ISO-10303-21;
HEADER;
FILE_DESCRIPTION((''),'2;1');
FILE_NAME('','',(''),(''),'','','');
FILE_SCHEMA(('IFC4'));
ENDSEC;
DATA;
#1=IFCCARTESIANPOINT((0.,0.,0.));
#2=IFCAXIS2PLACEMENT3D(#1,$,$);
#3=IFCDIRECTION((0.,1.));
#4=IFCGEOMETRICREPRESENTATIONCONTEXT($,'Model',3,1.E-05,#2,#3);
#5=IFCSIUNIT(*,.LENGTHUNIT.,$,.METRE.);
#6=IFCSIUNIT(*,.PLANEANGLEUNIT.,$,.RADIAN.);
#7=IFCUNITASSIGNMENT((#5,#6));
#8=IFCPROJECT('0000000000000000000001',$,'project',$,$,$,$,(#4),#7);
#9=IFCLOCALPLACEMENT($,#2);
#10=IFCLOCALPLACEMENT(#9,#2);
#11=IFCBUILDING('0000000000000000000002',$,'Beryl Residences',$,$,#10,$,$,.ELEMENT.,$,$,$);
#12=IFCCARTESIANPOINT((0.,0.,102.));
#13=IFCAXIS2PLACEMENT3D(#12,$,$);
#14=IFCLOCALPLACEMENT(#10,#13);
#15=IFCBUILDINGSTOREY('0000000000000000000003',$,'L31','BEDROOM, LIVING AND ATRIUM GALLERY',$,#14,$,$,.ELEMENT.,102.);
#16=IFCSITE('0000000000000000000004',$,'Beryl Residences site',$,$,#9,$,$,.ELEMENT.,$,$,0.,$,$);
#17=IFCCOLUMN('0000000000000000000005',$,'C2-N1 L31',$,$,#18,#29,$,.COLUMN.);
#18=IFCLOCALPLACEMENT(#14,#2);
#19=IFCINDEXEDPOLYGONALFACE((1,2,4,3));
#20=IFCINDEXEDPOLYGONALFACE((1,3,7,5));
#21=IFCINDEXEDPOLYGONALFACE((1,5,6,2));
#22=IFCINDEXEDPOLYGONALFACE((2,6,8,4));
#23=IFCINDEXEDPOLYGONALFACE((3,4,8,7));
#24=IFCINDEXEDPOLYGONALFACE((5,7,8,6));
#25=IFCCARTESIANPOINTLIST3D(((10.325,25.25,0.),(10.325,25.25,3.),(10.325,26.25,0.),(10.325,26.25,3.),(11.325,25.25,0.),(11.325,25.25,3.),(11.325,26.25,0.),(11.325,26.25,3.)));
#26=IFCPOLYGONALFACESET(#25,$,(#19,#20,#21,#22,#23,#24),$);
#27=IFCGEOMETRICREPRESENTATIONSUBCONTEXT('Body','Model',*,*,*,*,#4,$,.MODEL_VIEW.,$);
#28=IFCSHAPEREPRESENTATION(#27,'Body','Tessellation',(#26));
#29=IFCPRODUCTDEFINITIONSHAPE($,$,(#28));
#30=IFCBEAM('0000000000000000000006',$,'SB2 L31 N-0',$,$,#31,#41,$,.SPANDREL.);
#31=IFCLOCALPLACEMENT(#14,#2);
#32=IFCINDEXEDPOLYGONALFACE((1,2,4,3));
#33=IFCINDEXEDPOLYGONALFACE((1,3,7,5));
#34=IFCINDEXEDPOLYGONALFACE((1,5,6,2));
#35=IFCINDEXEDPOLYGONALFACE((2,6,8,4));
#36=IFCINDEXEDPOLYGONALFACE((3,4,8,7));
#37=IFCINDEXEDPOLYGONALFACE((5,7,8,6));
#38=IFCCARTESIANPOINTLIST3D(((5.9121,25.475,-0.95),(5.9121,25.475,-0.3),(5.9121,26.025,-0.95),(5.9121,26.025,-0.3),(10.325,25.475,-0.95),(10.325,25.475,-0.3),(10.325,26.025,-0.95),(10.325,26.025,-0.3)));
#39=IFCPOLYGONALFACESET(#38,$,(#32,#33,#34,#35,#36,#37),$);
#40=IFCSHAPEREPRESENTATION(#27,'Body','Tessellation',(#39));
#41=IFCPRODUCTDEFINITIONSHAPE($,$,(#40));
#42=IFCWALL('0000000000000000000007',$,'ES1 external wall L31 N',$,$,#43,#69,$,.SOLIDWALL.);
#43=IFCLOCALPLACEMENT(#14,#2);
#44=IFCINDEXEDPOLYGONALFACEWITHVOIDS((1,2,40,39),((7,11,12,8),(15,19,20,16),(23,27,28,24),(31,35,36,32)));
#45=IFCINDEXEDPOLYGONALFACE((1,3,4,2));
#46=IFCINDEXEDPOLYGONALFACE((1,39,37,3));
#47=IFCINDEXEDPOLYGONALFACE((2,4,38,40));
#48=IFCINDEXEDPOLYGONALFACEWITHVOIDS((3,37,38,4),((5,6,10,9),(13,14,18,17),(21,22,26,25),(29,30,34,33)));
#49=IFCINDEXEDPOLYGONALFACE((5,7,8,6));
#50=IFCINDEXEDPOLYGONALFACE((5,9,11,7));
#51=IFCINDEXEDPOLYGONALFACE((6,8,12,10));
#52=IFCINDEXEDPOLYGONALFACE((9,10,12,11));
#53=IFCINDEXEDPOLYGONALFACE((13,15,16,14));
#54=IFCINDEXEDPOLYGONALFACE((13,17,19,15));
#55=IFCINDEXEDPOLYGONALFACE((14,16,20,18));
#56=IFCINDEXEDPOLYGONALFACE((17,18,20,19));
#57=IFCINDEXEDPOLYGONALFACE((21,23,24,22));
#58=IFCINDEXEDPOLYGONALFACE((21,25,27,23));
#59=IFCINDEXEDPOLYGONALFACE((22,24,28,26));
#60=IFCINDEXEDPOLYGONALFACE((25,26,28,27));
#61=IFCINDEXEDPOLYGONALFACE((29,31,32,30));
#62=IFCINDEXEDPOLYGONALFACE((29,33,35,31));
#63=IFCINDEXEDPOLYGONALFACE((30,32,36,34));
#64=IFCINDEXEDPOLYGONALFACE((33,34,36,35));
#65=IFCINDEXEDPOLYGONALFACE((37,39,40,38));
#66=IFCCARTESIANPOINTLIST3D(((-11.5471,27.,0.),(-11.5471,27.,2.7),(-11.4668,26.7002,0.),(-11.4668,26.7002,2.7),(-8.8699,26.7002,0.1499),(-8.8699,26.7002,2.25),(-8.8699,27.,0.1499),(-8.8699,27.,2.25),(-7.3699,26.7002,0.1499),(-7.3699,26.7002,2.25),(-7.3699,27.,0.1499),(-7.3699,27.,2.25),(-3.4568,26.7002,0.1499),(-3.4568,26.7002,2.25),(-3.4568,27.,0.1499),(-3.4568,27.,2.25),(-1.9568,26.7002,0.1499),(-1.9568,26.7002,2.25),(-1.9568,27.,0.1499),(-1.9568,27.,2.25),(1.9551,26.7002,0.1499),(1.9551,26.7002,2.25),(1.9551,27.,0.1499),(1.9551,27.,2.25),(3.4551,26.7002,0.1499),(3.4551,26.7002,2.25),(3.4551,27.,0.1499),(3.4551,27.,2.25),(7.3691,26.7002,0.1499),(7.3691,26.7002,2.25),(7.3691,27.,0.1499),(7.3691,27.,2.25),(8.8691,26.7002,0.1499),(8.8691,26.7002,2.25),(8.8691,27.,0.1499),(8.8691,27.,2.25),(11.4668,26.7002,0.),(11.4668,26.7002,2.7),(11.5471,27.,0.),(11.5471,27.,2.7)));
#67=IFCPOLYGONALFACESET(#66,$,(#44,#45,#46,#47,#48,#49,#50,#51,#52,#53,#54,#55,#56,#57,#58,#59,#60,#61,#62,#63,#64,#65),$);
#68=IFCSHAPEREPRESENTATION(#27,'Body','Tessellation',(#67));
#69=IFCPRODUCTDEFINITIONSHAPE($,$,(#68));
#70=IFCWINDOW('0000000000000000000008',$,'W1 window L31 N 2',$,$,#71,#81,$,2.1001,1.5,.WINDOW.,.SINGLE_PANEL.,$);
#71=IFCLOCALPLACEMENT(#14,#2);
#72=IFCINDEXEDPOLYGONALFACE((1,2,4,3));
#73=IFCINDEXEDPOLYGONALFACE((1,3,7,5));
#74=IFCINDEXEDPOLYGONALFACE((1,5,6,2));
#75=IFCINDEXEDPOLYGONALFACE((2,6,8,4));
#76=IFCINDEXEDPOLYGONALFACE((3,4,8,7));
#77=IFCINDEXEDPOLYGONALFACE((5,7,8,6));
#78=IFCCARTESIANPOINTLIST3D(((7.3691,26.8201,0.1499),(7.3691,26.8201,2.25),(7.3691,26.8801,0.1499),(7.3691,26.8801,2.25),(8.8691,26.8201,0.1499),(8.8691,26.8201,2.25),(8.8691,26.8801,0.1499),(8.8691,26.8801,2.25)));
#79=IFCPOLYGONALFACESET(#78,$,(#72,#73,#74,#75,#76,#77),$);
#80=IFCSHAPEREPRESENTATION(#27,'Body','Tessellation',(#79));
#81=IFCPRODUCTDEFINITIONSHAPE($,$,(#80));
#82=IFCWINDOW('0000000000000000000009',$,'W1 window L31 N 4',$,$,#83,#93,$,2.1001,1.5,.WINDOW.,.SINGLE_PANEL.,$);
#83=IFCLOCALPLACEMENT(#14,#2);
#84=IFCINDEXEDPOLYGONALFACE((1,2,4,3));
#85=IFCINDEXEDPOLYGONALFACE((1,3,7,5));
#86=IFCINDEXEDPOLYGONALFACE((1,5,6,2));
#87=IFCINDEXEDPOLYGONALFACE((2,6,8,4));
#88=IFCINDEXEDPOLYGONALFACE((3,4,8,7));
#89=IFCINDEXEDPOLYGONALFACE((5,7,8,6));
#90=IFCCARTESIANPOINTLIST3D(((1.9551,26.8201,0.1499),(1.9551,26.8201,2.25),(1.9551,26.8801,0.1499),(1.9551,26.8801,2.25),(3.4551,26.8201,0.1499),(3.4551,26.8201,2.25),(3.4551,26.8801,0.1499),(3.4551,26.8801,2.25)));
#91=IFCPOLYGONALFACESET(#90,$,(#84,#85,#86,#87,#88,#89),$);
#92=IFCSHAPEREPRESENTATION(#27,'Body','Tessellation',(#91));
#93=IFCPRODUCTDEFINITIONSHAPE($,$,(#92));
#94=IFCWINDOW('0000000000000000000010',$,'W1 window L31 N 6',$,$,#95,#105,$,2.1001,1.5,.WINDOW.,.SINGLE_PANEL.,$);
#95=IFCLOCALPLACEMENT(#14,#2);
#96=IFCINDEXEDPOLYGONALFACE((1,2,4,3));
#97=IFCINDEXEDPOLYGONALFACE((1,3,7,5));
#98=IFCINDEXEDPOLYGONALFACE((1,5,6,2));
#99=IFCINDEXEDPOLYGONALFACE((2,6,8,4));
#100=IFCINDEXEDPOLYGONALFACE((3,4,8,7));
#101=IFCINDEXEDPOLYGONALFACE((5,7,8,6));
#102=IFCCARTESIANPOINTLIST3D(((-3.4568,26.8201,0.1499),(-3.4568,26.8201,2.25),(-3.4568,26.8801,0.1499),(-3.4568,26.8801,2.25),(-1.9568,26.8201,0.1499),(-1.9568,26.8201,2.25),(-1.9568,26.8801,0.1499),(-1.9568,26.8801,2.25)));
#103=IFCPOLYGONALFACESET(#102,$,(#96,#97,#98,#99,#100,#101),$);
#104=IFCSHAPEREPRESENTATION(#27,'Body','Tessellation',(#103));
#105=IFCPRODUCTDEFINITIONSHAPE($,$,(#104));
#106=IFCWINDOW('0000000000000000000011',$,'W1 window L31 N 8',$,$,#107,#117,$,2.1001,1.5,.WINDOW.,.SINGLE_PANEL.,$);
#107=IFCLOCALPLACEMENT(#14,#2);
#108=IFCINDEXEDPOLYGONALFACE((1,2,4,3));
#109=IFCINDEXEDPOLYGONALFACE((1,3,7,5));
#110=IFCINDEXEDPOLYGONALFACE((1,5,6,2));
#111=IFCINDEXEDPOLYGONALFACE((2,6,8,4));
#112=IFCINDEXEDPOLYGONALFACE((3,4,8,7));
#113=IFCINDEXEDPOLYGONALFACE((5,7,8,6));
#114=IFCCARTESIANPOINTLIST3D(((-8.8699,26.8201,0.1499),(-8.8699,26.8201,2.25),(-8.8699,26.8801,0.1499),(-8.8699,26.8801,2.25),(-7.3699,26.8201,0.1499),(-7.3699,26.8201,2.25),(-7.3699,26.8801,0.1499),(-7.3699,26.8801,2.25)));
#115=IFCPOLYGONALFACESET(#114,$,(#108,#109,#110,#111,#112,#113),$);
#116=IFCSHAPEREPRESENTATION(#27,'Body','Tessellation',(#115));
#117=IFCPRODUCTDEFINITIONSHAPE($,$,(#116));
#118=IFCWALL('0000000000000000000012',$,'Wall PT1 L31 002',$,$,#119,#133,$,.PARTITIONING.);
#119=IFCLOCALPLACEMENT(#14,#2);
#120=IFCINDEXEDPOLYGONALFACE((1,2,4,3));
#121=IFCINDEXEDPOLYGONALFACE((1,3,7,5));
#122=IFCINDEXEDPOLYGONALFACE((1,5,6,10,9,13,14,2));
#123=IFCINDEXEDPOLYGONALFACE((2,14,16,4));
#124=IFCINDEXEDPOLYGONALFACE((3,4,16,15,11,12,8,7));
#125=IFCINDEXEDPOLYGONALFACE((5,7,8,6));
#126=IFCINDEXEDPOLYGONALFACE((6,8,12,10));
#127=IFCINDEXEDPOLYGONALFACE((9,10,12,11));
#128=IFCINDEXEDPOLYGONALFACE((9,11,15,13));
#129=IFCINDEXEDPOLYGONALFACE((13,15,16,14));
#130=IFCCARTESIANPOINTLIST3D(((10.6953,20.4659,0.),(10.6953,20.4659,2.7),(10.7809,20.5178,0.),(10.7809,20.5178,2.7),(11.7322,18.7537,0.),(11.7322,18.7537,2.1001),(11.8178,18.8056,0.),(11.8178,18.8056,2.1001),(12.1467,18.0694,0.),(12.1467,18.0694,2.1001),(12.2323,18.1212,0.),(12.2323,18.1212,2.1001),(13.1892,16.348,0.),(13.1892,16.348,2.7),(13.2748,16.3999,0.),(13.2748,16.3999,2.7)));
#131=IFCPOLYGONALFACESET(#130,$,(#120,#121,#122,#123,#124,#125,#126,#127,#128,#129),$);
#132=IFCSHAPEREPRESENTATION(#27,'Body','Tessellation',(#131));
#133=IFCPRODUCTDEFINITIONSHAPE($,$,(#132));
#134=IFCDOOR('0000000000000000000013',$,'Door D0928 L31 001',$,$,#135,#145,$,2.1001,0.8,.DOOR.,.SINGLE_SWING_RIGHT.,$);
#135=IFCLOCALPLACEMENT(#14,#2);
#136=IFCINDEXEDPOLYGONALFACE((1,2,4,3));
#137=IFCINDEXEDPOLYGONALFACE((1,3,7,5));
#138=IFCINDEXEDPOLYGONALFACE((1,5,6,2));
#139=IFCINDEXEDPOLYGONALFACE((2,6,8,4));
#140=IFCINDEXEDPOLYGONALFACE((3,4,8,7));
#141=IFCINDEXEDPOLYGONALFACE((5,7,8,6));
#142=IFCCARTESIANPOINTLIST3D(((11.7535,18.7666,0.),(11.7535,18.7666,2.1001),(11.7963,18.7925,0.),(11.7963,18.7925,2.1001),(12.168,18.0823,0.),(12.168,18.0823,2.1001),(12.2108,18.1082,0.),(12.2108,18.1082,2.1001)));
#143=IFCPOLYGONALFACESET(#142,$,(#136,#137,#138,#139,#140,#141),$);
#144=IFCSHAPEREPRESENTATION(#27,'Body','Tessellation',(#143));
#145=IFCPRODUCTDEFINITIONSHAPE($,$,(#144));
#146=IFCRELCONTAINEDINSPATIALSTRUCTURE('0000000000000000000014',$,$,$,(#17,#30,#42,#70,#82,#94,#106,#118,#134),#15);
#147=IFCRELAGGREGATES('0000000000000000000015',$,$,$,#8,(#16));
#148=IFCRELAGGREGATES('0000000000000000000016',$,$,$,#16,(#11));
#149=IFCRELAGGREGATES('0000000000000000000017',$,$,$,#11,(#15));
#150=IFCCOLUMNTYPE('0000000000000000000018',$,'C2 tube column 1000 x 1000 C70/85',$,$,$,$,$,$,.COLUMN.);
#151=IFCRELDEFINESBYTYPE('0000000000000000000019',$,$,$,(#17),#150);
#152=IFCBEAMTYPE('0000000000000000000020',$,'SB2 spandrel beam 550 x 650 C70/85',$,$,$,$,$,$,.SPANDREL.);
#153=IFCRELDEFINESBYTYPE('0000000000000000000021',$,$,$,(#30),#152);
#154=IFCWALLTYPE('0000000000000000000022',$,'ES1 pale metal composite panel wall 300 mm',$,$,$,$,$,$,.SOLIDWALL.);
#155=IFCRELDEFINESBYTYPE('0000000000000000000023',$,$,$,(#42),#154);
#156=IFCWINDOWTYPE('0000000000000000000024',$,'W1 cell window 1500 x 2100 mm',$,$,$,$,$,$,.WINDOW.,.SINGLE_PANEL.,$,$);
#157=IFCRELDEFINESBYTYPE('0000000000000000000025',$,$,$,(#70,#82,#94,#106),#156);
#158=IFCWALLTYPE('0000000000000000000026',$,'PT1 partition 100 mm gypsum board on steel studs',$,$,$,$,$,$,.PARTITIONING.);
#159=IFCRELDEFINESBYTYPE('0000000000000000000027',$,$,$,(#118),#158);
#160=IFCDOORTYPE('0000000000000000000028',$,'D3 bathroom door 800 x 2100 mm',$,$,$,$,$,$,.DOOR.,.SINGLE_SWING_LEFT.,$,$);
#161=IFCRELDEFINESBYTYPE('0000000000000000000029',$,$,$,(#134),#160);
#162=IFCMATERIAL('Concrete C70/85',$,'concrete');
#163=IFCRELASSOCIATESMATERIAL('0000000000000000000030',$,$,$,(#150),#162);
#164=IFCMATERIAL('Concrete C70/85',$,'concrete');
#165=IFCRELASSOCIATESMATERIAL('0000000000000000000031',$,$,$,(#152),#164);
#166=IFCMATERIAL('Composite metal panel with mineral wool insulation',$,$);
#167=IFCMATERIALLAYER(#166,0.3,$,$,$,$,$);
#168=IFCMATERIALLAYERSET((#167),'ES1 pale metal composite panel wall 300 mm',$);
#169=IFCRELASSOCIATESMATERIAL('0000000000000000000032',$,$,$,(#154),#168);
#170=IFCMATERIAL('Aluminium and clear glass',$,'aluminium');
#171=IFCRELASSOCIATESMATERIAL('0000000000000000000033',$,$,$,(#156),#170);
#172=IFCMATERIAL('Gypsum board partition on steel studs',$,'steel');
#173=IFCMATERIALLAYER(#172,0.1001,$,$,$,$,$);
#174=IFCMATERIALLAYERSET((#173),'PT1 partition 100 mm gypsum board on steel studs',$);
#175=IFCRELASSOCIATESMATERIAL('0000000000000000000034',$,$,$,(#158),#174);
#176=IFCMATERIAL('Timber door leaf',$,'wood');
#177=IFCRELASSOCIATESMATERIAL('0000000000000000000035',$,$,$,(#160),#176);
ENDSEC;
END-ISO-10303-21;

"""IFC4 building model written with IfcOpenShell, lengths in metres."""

from ifc_helpers import new_model, si_unit, direction, frame, frame_2d, origin, origin_2d, place, context, subcontext, project, spatial, polyline, rectangle, outline, extrude, material, layer, layer_set, material_profile, profile_set, type_object, element, fill, save


model = new_model("IFC4")

# Units and contexts
model_context = context("Model", 3, precision=1e-05, world=origin(), true_north=direction((0.0, 1.0)))
body_context = subcontext(model_context, "Body", "Model", "MODEL_VIEW")
ifc_project = project(units=[si_unit("LENGTHUNIT", "METRE"), si_unit("PLANEANGLEUNIT", "RADIAN")], contexts=[model_context])

# Site, building, storey
site_placement = place(None, origin())
site = spatial("IfcSite", under=ifc_project, at=site_placement, Name="Beryl Residences site", CompositionType="ELEMENT", RefElevation=0.0)
building_placement = place(site_placement, origin())
building = spatial("IfcBuilding", under=site, at=building_placement, Name="Beryl Residences", CompositionType="ELEMENT")
storey_placement = place(building_placement, frame((0.0, 0.0, 102.0)))
storey = spatial("IfcBuildingStorey", under=building, at=storey_placement, Name="L31", Description="BEDROOM, LIVING AND ATRIUM GALLERY", CompositionType="ELEMENT", Elevation=102.0)

# Column
ifc_material_1 = material(Name="Concrete C70/85", Category="concrete")
ifc_material_profile_1 = material_profile(ifc_material_1, rectangle(XDim=1.0, YDim=1.0, at=origin_2d()))
ifc_profile_set_1 = profile_set([ifc_material_profile_1], Name="Concrete C70/85")
column_type = type_object("IfcColumnType", Name="C2 tube column 1000 x 1000 C70/85", PredefinedType="COLUMN", material=ifc_profile_set_1)
column_placement = place(storey_placement, frame((10.825, 25.75, 0.0), z_axis=(0.0, 0.0, 1.0), x_axis=(-1.0, 0.0, 0.0)))
element("IfcColumn", 1, at=column_placement, inside=storey, type_object=column_type, Name="C2-N1 L31", PredefinedType="COLUMN", context=body_context, shape_type="SweptSolid", body=[
    extrude(rectangle(XDim=1.0, YDim=1.0, at=origin_2d()), origin(), (0.0, 0.0, 1.0), 3.0),
])

# Beam
ifc_material_2 = material(Name="Concrete C70/85", Category="concrete")
ifc_material_profile_2 = material_profile(ifc_material_2, rectangle(XDim=0.55, YDim=0.6499, at=origin_2d()))
ifc_profile_set_2 = profile_set([ifc_material_profile_2], Name="Concrete C70/85")
beam_type = type_object("IfcBeamType", Name="SB2 spandrel beam 550 x 650 C70/85", PredefinedType="SPANDREL", material=ifc_profile_set_2)
beam_placement = place(storey_placement, frame((10.325, 25.75, -0.625), z_axis=(-1.0, 0.0, 0.0), x_axis=(0.0, -1.0, 0.0)))
element("IfcBeam", 2, at=beam_placement, inside=storey, type_object=beam_type, Name="SB2 L31 N-0", PredefinedType="SPANDREL", context=body_context, shape_type="SweptSolid", body=[
    extrude(rectangle(XDim=0.55, YDim=0.6499, at=origin_2d()), origin(), (0.0, 0.0, 1.0), 4.4128),
])

# Wall, openings, windows
ifc_material_3 = material(Name="Composite metal panel with mineral wool insulation")
ifc_layer_1 = layer(ifc_material_3, 0.3)
ifc_layer_set_1 = layer_set([ifc_layer_1], Name="ES1 pale metal composite panel wall 300 mm")
wall_type_1 = type_object("IfcWallType", Name="ES1 pale metal composite panel wall 300 mm", PredefinedType="SOLIDWALL", material=ifc_layer_set_1)
wall_1_placement = place(storey_placement, frame((11.5471, 26.8501, 0.0), z_axis=(0.0, 0.0, 1.0), x_axis=(-1.0, 0.0, 0.0)))
wall_1 = element("IfcWall", 3, at=wall_1_placement, inside=storey, type_object=wall_type_1, Name="ES1 external wall L31 N", PredefinedType="SOLIDWALL", context=body_context, shape_type="SweptSolid", body=[
    extrude(outline(polyline([(0.0, -0.1499), (23.0942, -0.1499), (23.0139, 0.1499), (0.0803, 0.1499), (0.0, -0.1499)])), origin(), (0.0, 0.0, 1.0), 2.7),
])
opening_1_placement = place(wall_1_placement, frame((2.678, 0.0, 0.1499)))
opening_1 = element("IfcOpeningElement", 4, at=opening_1_placement, cuts=wall_1, PredefinedType="OPENING", context=body_context, shape_type="SweptSolid", body=[
    extrude(rectangle(XDim=1.5, YDim=2.1001, at=frame_2d((0.75, 1.05))), frame((0.0, 0.1599, 0.0), z_axis=(0.0, -1.0, 0.0), x_axis=(1.0, 0.0, 0.0)), (0.0, 0.0, 1.0), 0.3201),
])
opening_2_placement = place(wall_1_placement, frame((8.092, 0.0, 0.1499)))
opening_2 = element("IfcOpeningElement", 5, at=opening_2_placement, cuts=wall_1, PredefinedType="OPENING", context=body_context, shape_type="SweptSolid", body=[
    extrude(rectangle(XDim=1.5, YDim=2.1001, at=frame_2d((0.75, 1.05))), frame((0.0, 0.1599, 0.0), z_axis=(0.0, -1.0, 0.0), x_axis=(1.0, 0.0, 0.0)), (0.0, 0.0, 1.0), 0.3201),
])
opening_3_placement = place(wall_1_placement, frame((13.5039, 0.0, 0.1499)))
opening_3 = element("IfcOpeningElement", 6, at=opening_3_placement, cuts=wall_1, PredefinedType="OPENING", context=body_context, shape_type="SweptSolid", body=[
    extrude(rectangle(XDim=1.5, YDim=2.1001, at=frame_2d((0.75, 1.05))), frame((0.0, 0.1599, 0.0), z_axis=(0.0, -1.0, 0.0), x_axis=(1.0, 0.0, 0.0)), (0.0, 0.0, 1.0), 0.3201),
])
opening_4_placement = place(wall_1_placement, frame((18.917, 0.0, 0.1499)))
opening_4 = element("IfcOpeningElement", 7, at=opening_4_placement, cuts=wall_1, PredefinedType="OPENING", context=body_context, shape_type="SweptSolid", body=[
    extrude(rectangle(XDim=1.5, YDim=2.1001, at=frame_2d((0.75, 1.05))), frame((0.0, 0.1599, 0.0), z_axis=(0.0, -1.0, 0.0), x_axis=(1.0, 0.0, 0.0)), (0.0, 0.0, 1.0), 0.3201),
])
ifc_material_4 = material(Name="Aluminium and clear glass", Category="aluminium")
window_type = type_object("IfcWindowType", Name="W1 cell window 1500 x 2100 mm", PartitioningType="SINGLE_PANEL", PredefinedType="WINDOW", material=ifc_material_4)
window_1_placement = place(opening_1_placement, origin())
window_1 = element("IfcWindow", 8, at=window_1_placement, inside=storey, type_object=window_type, Name="W1 window L31 N 2", OverallHeight=2.1001, OverallWidth=1.5, PartitioningType="SINGLE_PANEL", PredefinedType="WINDOW", context=body_context, shape_type="SweptSolid", body=[
    extrude(rectangle(XDim=1.5, YDim=2.1001, at=frame_2d((0.75, 1.05))), frame((0.0, 0.03, 0.0), z_axis=(0.0, -1.0, 0.0), x_axis=(1.0, 0.0, 0.0)), (0.0, 0.0, 1.0), 0.0601),
])
fill(opening_1, window_1)
window_2_placement = place(opening_2_placement, origin())
window_2 = element("IfcWindow", 9, at=window_2_placement, inside=storey, type_object=window_type, Name="W1 window L31 N 4", OverallHeight=2.1001, OverallWidth=1.5, PartitioningType="SINGLE_PANEL", PredefinedType="WINDOW", context=body_context, shape_type="SweptSolid", body=[
    extrude(rectangle(XDim=1.5, YDim=2.1001, at=frame_2d((0.75, 1.05))), frame((0.0, 0.03, 0.0), z_axis=(0.0, -1.0, 0.0), x_axis=(1.0, 0.0, 0.0)), (0.0, 0.0, 1.0), 0.0601),
])
fill(opening_2, window_2)
window_3_placement = place(opening_3_placement, origin())
window_3 = element("IfcWindow", 10, at=window_3_placement, inside=storey, type_object=window_type, Name="W1 window L31 N 6", OverallHeight=2.1001, OverallWidth=1.5, PartitioningType="SINGLE_PANEL", PredefinedType="WINDOW", context=body_context, shape_type="SweptSolid", body=[
    extrude(rectangle(XDim=1.5, YDim=2.1001, at=frame_2d((0.75, 1.05))), frame((0.0, 0.03, 0.0), z_axis=(0.0, -1.0, 0.0), x_axis=(1.0, 0.0, 0.0)), (0.0, 0.0, 1.0), 0.0601),
])
fill(opening_3, window_3)
window_4_placement = place(opening_4_placement, origin())
window_4 = element("IfcWindow", 11, at=window_4_placement, inside=storey, type_object=window_type, Name="W1 window L31 N 8", OverallHeight=2.1001, OverallWidth=1.5, PartitioningType="SINGLE_PANEL", PredefinedType="WINDOW", context=body_context, shape_type="SweptSolid", body=[
    extrude(rectangle(XDim=1.5, YDim=2.1001, at=frame_2d((0.75, 1.05))), frame((0.0, 0.03, 0.0), z_axis=(0.0, -1.0, 0.0), x_axis=(1.0, 0.0, 0.0)), (0.0, 0.0, 1.0), 0.0601),
])
fill(opening_4, window_4)

# Wall, opening, door
ifc_material_5 = material(Name="Gypsum board partition on steel studs", Category="steel")
ifc_layer_2 = layer(ifc_material_5, 0.1001)
ifc_layer_set_2 = layer_set([ifc_layer_2], Name="PT1 partition 100 mm gypsum board on steel studs")
wall_type_2 = type_object("IfcWallType", Name="PT1 partition 100 mm gypsum board on steel studs", PredefinedType="PARTITIONING", material=ifc_layer_set_2)
wall_2_placement = place(storey_placement, frame((10.738, 20.4919, 0.0), z_axis=(0.0, 0.0, 1.0), x_axis=(0.518026, -0.855365, 0.0)))
wall_2 = element("IfcWall", 12, at=wall_2_placement, inside=storey, type_object=wall_type_2, Name="Wall PT1 L31 002", PredefinedType="PARTITIONING", context=body_context, shape_type="SweptSolid", body=[
    extrude(rectangle(XDim=4.8142, YDim=0.1001, at=frame_2d((2.4072, 0.0))), origin(), (0.0, 0.0, 1.0), 2.7),
])
opening_5_placement = place(wall_2_placement, frame((2.002, 0.0, 0.0)))
opening_5 = element("IfcOpeningElement", 13, at=opening_5_placement, cuts=wall_2, PredefinedType="OPENING", context=body_context, shape_type="SweptSolid", body=[
    extrude(rectangle(XDim=0.8, YDim=2.1001, at=frame_2d((0.3999, 1.05))), frame((0.0, 0.0601, 0.0), z_axis=(0.0, -1.0, 0.0), x_axis=(1.0, 0.0, 0.0)), (0.0, 0.0, 1.0), 0.1201),
])
ifc_material_6 = material(Name="Timber door leaf", Category="wood")
door_type_1 = type_object("IfcDoorType", Name="D3 bathroom door 800 x 2100 mm", OperationType="SINGLE_SWING_LEFT", PredefinedType="DOOR", material=ifc_material_6)
door_1_placement = place(opening_5_placement, origin())
door_1 = element("IfcDoor", 14, at=door_1_placement, inside=storey, type_object=door_type_1, Name="Door D0928 L31 001", OperationType="SINGLE_SWING_RIGHT", OverallHeight=2.1001, OverallWidth=0.8, PredefinedType="DOOR", context=body_context, shape_type="SweptSolid", body=[
    extrude(rectangle(XDim=0.8, YDim=2.1001, at=frame_2d((0.3999, 1.05))), frame((0.0, 0.0249, 0.0), z_axis=(0.0, -1.0, 0.0), x_axis=(1.0, 0.0, 0.0)), (0.0, 0.0, 1.0), 0.05),
])
fill(opening_5, door_1)

save(model, "model.ifc")
